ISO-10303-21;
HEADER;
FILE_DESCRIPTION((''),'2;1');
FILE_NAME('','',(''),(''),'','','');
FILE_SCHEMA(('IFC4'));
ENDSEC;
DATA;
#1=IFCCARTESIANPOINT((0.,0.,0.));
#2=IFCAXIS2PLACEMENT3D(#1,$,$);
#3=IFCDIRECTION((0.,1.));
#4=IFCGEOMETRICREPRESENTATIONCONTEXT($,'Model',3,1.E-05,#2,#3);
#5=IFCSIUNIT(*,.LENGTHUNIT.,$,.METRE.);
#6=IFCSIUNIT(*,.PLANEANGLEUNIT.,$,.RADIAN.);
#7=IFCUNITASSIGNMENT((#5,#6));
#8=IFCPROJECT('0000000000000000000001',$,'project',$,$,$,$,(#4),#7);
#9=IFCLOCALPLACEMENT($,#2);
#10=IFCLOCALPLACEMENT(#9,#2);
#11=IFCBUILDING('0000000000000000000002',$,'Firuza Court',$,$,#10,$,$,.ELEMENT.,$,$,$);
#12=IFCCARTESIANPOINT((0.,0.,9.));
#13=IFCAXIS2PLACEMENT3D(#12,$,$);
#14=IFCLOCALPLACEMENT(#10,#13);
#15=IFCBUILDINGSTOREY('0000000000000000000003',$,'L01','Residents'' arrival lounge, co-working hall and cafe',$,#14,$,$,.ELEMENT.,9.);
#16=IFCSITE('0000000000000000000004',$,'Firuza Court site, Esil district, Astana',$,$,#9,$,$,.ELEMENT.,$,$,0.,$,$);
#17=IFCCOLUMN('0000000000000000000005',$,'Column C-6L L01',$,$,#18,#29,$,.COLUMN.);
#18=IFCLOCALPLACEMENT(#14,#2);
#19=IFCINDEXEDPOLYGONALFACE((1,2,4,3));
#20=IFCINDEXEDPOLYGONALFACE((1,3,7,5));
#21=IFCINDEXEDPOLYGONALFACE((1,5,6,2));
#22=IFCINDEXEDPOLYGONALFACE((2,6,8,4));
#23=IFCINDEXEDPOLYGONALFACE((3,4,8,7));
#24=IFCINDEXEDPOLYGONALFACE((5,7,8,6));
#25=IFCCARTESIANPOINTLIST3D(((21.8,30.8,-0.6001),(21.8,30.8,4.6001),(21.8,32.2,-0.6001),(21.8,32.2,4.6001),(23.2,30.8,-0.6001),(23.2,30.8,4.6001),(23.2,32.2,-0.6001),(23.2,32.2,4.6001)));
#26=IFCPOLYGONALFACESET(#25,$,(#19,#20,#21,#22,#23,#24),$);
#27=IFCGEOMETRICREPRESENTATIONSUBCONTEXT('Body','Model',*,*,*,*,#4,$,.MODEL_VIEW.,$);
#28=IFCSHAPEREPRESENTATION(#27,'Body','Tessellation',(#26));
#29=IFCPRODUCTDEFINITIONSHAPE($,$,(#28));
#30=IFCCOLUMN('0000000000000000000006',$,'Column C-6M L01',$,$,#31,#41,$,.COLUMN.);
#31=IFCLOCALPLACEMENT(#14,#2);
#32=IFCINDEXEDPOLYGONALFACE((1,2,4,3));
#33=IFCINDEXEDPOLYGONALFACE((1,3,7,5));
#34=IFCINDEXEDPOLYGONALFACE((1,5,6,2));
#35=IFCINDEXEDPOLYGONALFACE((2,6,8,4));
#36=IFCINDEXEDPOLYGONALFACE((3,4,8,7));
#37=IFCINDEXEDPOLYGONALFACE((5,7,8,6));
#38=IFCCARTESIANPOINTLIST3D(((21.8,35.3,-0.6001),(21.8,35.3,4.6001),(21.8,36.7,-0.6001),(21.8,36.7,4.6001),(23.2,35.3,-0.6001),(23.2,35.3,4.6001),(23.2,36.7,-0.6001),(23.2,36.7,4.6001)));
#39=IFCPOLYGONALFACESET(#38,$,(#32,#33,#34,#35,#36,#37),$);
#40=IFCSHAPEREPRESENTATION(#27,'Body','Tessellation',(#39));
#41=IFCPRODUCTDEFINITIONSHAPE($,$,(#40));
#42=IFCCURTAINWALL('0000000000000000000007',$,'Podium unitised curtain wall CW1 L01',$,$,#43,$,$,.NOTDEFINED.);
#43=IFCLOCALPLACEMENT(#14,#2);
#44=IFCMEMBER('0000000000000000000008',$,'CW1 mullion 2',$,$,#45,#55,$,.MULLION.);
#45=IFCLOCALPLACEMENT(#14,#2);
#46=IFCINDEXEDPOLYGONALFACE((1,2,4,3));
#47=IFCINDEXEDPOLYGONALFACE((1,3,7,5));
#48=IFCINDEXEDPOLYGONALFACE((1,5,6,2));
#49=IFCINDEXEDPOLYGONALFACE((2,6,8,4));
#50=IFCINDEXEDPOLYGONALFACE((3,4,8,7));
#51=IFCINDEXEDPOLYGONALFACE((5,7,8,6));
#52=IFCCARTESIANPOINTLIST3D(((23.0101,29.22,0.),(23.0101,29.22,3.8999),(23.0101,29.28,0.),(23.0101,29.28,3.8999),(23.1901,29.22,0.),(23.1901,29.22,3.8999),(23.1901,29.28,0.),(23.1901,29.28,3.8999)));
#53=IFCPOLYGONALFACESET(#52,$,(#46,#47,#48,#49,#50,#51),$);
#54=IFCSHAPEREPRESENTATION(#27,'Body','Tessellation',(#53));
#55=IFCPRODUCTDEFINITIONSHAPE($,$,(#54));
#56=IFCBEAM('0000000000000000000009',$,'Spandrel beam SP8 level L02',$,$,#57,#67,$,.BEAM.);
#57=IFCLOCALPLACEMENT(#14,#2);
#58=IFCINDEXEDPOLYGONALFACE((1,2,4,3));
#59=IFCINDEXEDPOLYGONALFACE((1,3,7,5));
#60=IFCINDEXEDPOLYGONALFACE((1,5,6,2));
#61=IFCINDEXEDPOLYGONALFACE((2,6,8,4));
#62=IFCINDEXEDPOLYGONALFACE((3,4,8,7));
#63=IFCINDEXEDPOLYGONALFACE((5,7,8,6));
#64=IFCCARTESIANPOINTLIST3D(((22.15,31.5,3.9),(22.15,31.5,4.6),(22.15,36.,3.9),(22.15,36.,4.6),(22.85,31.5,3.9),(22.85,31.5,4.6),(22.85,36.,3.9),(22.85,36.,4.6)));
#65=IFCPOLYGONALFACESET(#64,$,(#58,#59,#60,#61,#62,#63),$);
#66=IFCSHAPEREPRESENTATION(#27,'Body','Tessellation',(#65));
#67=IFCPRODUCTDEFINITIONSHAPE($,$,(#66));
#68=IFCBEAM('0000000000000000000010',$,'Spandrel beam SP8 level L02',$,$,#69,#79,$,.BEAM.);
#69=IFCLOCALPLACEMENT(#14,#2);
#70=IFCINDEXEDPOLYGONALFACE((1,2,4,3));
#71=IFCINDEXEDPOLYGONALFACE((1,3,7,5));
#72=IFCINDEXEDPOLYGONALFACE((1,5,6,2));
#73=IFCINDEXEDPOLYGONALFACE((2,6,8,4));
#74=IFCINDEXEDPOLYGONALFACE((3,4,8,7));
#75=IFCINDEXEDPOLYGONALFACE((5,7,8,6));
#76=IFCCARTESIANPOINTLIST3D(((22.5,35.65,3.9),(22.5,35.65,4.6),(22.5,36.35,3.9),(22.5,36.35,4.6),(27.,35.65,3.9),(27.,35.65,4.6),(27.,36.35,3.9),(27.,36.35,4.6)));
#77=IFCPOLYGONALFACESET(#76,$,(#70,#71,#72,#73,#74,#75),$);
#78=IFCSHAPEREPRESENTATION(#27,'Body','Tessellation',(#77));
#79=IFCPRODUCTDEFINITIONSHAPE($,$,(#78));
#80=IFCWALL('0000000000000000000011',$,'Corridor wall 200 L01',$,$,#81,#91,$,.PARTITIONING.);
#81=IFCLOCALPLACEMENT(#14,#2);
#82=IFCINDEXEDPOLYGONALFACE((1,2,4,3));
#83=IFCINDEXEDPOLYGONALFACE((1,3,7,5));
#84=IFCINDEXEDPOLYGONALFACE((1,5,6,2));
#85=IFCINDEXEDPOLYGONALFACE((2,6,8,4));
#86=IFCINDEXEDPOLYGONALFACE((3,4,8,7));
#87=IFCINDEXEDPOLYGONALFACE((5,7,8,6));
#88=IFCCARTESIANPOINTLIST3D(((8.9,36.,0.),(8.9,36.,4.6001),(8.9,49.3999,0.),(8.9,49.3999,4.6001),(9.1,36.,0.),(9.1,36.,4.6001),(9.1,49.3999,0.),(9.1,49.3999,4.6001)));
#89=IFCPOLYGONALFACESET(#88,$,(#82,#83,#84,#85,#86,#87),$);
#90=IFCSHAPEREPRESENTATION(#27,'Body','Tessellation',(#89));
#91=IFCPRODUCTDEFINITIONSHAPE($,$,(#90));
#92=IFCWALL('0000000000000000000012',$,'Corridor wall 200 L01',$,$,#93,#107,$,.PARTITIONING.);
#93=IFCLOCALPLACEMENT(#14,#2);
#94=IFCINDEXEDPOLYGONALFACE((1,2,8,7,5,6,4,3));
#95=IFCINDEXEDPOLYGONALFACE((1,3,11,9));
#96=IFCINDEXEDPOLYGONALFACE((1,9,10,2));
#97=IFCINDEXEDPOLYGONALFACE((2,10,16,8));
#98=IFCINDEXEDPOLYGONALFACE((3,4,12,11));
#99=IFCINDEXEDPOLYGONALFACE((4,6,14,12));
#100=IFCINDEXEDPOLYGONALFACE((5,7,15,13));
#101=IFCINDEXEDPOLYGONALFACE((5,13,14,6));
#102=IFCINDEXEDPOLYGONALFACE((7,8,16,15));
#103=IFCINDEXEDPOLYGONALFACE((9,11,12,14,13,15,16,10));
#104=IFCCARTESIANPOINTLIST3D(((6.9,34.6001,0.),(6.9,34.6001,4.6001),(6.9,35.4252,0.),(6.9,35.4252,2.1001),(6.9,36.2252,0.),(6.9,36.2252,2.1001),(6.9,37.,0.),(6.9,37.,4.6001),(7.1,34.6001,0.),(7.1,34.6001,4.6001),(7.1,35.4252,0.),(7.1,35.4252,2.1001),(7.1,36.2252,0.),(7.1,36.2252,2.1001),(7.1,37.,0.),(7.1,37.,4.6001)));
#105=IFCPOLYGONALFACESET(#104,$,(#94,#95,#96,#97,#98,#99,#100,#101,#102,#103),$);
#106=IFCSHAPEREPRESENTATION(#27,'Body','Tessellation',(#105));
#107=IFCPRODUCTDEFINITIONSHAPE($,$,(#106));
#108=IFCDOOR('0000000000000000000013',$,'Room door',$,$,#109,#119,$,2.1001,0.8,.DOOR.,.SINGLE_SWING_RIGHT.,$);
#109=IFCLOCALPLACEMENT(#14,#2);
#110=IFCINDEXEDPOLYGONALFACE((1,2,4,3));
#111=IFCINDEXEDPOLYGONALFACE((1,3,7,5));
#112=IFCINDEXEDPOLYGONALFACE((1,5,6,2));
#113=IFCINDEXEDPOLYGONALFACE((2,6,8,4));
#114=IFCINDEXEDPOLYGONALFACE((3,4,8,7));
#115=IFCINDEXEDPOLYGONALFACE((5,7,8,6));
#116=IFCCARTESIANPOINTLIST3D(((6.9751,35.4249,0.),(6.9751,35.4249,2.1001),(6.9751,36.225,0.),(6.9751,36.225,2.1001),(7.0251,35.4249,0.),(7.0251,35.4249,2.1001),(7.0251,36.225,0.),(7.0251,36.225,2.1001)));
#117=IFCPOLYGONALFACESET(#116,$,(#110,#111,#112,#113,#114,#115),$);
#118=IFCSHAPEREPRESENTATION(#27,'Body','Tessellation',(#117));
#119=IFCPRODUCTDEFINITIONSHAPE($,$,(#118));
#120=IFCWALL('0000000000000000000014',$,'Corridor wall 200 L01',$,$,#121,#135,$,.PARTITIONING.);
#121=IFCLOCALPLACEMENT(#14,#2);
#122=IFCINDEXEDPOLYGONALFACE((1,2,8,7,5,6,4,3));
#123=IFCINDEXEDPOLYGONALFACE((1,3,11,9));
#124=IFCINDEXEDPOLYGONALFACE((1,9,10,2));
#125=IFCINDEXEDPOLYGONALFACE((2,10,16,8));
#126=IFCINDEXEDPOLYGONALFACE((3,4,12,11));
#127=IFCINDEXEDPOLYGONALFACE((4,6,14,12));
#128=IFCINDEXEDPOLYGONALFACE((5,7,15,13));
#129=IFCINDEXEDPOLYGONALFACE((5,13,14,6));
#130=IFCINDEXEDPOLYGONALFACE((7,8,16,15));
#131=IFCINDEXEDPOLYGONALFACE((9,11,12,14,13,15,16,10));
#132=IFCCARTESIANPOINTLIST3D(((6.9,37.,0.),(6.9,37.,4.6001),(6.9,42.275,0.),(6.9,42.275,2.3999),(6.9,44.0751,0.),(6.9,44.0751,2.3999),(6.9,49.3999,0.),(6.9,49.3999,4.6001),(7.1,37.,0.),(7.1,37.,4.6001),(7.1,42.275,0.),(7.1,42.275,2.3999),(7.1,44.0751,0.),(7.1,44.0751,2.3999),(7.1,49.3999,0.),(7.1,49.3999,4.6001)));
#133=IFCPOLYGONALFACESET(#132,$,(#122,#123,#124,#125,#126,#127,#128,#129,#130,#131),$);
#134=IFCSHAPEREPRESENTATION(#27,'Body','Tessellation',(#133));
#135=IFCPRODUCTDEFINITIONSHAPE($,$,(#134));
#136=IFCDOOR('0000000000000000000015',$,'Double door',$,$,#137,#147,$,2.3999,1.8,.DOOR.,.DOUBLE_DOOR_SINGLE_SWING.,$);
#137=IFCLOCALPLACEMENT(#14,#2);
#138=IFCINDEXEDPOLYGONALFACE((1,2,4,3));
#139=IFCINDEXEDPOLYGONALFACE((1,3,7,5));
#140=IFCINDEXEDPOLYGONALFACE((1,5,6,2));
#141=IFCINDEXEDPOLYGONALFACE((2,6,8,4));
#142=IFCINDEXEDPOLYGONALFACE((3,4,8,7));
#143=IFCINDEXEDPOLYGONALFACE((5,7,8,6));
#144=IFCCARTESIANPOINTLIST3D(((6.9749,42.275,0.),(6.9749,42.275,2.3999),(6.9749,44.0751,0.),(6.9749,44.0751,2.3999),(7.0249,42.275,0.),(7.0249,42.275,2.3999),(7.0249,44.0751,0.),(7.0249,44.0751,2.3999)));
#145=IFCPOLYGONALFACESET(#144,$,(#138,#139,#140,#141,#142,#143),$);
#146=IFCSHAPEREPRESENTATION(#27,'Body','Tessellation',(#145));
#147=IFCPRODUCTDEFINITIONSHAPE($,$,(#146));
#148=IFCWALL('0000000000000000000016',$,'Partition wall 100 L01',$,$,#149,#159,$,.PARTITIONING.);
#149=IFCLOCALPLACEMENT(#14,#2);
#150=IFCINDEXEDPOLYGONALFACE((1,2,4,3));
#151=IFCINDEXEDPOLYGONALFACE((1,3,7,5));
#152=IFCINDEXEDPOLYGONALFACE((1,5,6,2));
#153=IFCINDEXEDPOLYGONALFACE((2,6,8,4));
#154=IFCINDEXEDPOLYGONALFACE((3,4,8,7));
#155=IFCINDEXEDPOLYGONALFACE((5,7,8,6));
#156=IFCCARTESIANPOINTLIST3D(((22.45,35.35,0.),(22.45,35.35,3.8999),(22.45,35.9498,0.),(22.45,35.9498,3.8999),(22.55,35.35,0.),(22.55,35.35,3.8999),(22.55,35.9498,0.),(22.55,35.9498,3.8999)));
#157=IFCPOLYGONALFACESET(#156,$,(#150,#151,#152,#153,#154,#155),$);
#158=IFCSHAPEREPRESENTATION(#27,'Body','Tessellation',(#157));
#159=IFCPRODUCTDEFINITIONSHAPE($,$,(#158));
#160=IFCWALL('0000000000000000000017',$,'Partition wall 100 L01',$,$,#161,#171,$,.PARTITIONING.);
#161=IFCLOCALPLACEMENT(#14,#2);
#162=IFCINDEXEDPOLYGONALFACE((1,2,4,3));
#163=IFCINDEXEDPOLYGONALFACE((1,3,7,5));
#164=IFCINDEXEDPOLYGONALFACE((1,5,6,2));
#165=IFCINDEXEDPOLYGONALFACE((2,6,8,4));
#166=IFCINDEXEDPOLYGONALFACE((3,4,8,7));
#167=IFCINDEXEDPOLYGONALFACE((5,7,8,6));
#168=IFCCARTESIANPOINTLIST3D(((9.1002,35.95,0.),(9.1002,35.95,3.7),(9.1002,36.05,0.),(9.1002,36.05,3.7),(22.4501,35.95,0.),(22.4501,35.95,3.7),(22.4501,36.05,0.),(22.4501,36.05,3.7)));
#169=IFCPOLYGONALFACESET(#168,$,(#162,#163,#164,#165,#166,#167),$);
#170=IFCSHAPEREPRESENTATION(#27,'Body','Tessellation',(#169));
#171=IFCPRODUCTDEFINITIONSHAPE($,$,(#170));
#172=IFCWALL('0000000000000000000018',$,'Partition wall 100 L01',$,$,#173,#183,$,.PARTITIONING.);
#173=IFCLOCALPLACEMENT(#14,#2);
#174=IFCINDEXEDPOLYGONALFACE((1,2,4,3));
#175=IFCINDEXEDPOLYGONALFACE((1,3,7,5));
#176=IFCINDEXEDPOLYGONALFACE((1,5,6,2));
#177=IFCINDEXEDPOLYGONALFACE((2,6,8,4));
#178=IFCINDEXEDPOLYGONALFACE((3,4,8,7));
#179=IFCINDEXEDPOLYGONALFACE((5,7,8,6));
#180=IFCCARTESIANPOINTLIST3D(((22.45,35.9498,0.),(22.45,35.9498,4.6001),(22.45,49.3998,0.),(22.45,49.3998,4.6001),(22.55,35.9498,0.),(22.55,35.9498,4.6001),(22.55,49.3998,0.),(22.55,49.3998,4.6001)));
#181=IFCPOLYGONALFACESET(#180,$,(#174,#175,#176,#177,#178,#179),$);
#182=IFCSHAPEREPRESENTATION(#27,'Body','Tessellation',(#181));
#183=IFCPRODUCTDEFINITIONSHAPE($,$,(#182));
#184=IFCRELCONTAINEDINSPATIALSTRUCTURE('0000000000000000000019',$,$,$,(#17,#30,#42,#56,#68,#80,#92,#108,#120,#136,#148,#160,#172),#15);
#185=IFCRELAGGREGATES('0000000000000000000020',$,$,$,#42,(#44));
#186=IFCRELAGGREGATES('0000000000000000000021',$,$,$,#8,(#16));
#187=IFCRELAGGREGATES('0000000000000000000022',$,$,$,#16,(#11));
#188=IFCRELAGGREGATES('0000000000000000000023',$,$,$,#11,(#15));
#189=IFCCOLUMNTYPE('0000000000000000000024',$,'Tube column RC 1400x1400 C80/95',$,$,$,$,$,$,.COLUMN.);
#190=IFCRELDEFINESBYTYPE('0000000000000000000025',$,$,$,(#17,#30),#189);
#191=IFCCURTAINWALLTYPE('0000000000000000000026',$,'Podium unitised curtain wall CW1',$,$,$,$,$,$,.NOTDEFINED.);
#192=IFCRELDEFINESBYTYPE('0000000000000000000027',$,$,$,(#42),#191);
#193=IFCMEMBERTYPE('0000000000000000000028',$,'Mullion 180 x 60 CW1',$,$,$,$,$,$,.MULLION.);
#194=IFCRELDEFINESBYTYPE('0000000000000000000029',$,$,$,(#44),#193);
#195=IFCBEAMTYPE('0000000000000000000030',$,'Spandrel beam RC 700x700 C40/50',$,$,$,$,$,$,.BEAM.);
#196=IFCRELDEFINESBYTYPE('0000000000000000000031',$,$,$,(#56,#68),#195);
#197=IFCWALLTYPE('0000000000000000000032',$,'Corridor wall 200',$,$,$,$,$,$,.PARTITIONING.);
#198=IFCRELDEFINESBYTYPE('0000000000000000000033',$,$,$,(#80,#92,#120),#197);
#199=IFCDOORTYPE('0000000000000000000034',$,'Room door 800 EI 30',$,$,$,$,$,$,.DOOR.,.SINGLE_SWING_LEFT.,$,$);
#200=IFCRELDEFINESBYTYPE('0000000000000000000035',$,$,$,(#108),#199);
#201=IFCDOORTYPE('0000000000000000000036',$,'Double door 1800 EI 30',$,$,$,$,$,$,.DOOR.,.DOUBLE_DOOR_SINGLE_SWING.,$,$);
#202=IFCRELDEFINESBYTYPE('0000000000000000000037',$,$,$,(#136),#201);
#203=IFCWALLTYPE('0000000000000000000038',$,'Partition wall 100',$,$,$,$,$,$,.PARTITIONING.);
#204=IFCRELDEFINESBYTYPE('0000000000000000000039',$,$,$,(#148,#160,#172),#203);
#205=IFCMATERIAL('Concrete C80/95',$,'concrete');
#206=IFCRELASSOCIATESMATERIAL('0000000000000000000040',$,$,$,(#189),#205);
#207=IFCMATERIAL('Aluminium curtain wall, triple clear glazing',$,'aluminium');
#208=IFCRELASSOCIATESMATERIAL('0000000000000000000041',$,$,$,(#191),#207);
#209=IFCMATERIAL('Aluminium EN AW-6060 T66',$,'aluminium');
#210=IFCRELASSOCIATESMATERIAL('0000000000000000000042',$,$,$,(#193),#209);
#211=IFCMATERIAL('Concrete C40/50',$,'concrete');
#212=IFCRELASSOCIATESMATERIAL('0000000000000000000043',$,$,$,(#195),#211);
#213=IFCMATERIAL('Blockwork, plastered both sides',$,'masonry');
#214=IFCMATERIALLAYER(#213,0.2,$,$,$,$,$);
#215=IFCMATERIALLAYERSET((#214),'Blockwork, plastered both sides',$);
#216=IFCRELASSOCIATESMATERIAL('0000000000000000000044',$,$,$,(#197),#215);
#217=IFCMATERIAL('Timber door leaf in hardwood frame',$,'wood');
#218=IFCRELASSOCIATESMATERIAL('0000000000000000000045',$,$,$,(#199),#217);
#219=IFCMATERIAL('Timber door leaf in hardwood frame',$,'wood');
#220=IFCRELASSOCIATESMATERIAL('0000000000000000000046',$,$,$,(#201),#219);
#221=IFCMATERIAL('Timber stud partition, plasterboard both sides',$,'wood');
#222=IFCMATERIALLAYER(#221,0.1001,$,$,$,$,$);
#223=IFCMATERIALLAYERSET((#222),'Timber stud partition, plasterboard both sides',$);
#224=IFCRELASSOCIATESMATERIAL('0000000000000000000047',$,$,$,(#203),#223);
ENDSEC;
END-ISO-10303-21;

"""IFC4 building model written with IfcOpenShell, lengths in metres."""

from ifc_helpers import new_model, si_unit, direction, frame, frame_2d, origin, origin_2d, place, context, subcontext, project, spatial, rectangle, extrude, material, layer, layer_set, material_profile, profile_set, type_object, element, fill, aggregate, save


model = new_model("IFC4")

# Units and contexts
model_context = context("Model", 3, precision=1e-05, world=origin(), true_north=direction((0.0, 1.0)))
body_context = subcontext(model_context, "Body", "Model", "MODEL_VIEW")
ifc_project = project(units=[si_unit("LENGTHUNIT", "METRE"), si_unit("PLANEANGLEUNIT", "RADIAN")], contexts=[model_context])

# Site, building, storey
site_placement = place(None, origin())
site = spatial("IfcSite", under=ifc_project, at=site_placement, Name="Firuza Court site, Esil district, Astana", CompositionType="ELEMENT", RefElevation=0.0)
building_placement = place(site_placement, origin())
building = spatial("IfcBuilding", under=site, at=building_placement, Name="Firuza Court", CompositionType="ELEMENT")
storey_placement = place(building_placement, frame((0.0, 0.0, 9.0)))
storey = spatial("IfcBuildingStorey", under=building, at=storey_placement, Name="L01", Description="Residents' arrival lounge, co-working hall and cafe", CompositionType="ELEMENT", Elevation=9.0)

# Columns
ifc_material_1 = material(Name="Concrete C80/95", Category="concrete")
ifc_material_profile_1 = material_profile(ifc_material_1, rectangle(XDim=1.3999, YDim=1.3999, at=origin_2d()), Name="RC 1400x1400")
ifc_profile_set_1 = profile_set([ifc_material_profile_1], Name="Concrete C80/95")
column_type = type_object("IfcColumnType", Name="Tube column RC 1400x1400 C80/95", PredefinedType="COLUMN", material=ifc_profile_set_1)
for number, where, z_axis, x_axis, name in (
    (1, (22.5, 31.5, -0.6001), (0.0, 0.0, 1.0), (1.0, 0.0, 0.0), "Column C-6L L01"),
    (2, (22.5, 36.0, -0.6001), (0.0, 0.0, 1.0), (1.0, 0.0, 0.0), "Column C-6M L01"),
):
    element("IfcColumn", number, at=place(storey_placement, frame(where, z_axis=z_axis, x_axis=x_axis)), inside=storey, type_object=column_type, Name=name, PredefinedType="COLUMN", context=body_context, shape_type="SweptSolid", body=[
        extrude(rectangle(XDim=1.3999, YDim=1.3999, at=origin_2d()), origin(), (0.0, 0.0, 1.0), 5.2002),
    ])

# Curtain wall, member
ifc_material_2 = material(Name="Aluminium curtain wall, triple clear glazing", Category="aluminium")
curtain_wall_type = type_object("IfcCurtainWallType", Name="Podium unitised curtain wall CW1", PredefinedType="NOTDEFINED", material=ifc_material_2)
curtain_wall_placement = place(storey_placement, origin())
curtain_wall = element("IfcCurtainWall", 3, at=curtain_wall_placement, inside=storey, type_object=curtain_wall_type, Name="Podium unitised curtain wall CW1 L01", PredefinedType="NOTDEFINED")
ifc_material_3 = material(Name="Aluminium EN AW-6060 T66", Category="aluminium")
ifc_material_profile_2 = material_profile(ifc_material_3, rectangle(XDim=0.1799, YDim=0.0601, at=origin_2d()), Name="Mullion 180 x 60 CW1")
ifc_profile_set_2 = profile_set([ifc_material_profile_2], Name="Aluminium EN AW-6060 T66")
member_type = type_object("IfcMemberType", Name="Mullion 180 x 60 CW1", PredefinedType="MULLION", material=ifc_profile_set_2)
member_placement = place(storey_placement, frame((23.1001, 29.25, 0.0), z_axis=(0.0, 0.0, 1.0), x_axis=(-1.0, 0.0, 0.0)))
member = element("IfcMember", 4, at=member_placement, type_object=member_type, Name="CW1 mullion 2", PredefinedType="MULLION", context=body_context, shape_type="SweptSolid", body=[
    extrude(rectangle(XDim=0.1799, YDim=0.0601, at=origin_2d()), origin(), (0.0, 0.0, 1.0), 3.8999),
])
aggregate(curtain_wall, [member])

# Beams
ifc_material_4 = material(Name="Concrete C40/50", Category="concrete")
ifc_material_profile_3 = material_profile(ifc_material_4, rectangle(XDim=0.7, YDim=0.7, at=origin_2d()), Name="RC 700x700")
ifc_profile_set_3 = profile_set([ifc_material_profile_3], Name="Concrete C40/50")
beam_type = type_object("IfcBeamType", Name="Spandrel beam RC 700x700 C40/50", PredefinedType="BEAM", material=ifc_profile_set_3)
for number, where, z_axis, x_axis, name in (
    (5, (22.5, 31.5, 4.25), (0.0, 1.0, 0.0), (-1.0, 0.0, 0.0), "Spandrel beam SP8 level L02"),
    (6, (22.5, 36.0, 4.25), (1.0, 0.0, 0.0), (0.0, 1.0, 0.0), "Spandrel beam SP8 level L02"),
):
    element("IfcBeam", number, at=place(storey_placement, frame(where, z_axis=z_axis, x_axis=x_axis)), inside=storey, type_object=beam_type, Name=name, PredefinedType="BEAM", context=body_context, shape_type="SweptSolid", body=[
        extrude(rectangle(XDim=0.7, YDim=0.7, at=origin_2d()), origin(), (0.0, 0.0, 1.0), 4.5),
    ])

# Wall
ifc_material_5 = material(Name="Blockwork, plastered both sides", Category="masonry")
ifc_layer_1 = layer(ifc_material_5, 0.2)
ifc_layer_set_1 = layer_set([ifc_layer_1], Name="Blockwork, plastered both sides")
wall_type_1 = type_object("IfcWallType", Name="Corridor wall 200", PredefinedType="PARTITIONING", material=ifc_layer_set_1)
wall_1_placement = place(storey_placement, frame((9.0, 36.0, 0.0), z_axis=(0.0, 0.0, 1.0), x_axis=(0.0, 1.0, 0.0)))
element("IfcWall", 7, at=wall_1_placement, inside=storey, type_object=wall_type_1, Name="Corridor wall 200 L01", PredefinedType="PARTITIONING", context=body_context, shape_type="SweptSolid", body=[
    extrude(rectangle(XDim=13.3999, YDim=0.2, at=frame_2d((6.7, 0.0))), origin(), (0.0, 0.0, 1.0), 4.6001),
])

# Walls, openings, doors
wall_2_placement = place(storey_placement, frame((7.0, 37.0, 0.0), z_axis=(0.0, 0.0, 1.0), x_axis=(0.0, -1.0, 0.0)))
wall_2 = element("IfcWall", 8, at=wall_2_placement, inside=storey, type_object=wall_type_1, Name="Corridor wall 200 L01", PredefinedType="PARTITIONING", context=body_context, shape_type="SweptSolid", body=[
    extrude(rectangle(XDim=2.3999, YDim=0.2, at=frame_2d((1.2, 0.0))), origin(), (0.0, 0.0, 1.0), 4.6001),
])
opening_1_placement = place(wall_2_placement, frame((0.7749, 0.0, 0.0)))
opening_1 = element("IfcOpeningElement", 9, at=opening_1_placement, cuts=wall_2, PredefinedType="OPENING", context=body_context, shape_type="SweptSolid", body=[
    extrude(rectangle(XDim=0.8, YDim=2.1001, at=frame_2d((0.3999, 1.05))), frame((0.0, 0.1118, 0.0), z_axis=(0.0, -1.0, 0.0), x_axis=(1.0, 0.0, 0.0)), (0.0, 0.0, 1.0), 0.2239),
])
ifc_material_6 = material(Name="Timber door leaf in hardwood frame", Category="wood")
door_type_1 = type_object("IfcDoorType", Name="Room door 800 EI 30", OperationType="SINGLE_SWING_LEFT", PredefinedType="DOOR", material=ifc_material_6)
door_1_placement = place(opening_1_placement, frame((0.8, 0.0, 0.0), z_axis=(0.0, 0.0, 1.0), x_axis=(-1.0, 0.0, 0.0)))
door_1 = element("IfcDoor", 10, at=door_1_placement, inside=storey, type_object=door_type_1, Name="Room door", OperationType="SINGLE_SWING_RIGHT", OverallHeight=2.1001, OverallWidth=0.8, PredefinedType="DOOR", context=body_context, shape_type="SweptSolid", body=[
    extrude(rectangle(XDim=0.8, YDim=2.1001, at=frame_2d((0.3999, 1.05))), frame((0.0, 0.0249, 0.0), z_axis=(0.0, -1.0, 0.0), x_axis=(1.0, 0.0, 0.0)), (0.0, 0.0, 1.0), 0.05),
])
fill(opening_1, door_1)
wall_3_placement = place(storey_placement, frame((7.0, 49.3999, 0.0), z_axis=(0.0, 0.0, 1.0), x_axis=(0.0, -1.0, 0.0)))
wall_3 = element("IfcWall", 11, at=wall_3_placement, inside=storey, type_object=wall_type_1, Name="Corridor wall 200 L01", PredefinedType="PARTITIONING", context=body_context, shape_type="SweptSolid", body=[
    extrude(rectangle(XDim=12.3999, YDim=0.2, at=frame_2d((6.2, 0.0))), origin(), (0.0, 0.0, 1.0), 4.6001),
])
opening_2_placement = place(wall_3_placement, frame((5.325, 0.0, 0.0)))
opening_2 = element("IfcOpeningElement", 12, at=opening_2_placement, cuts=wall_3, PredefinedType="OPENING", context=body_context, shape_type="SweptSolid", body=[
    extrude(rectangle(XDim=1.8, YDim=2.3999, at=frame_2d((0.8999, 1.2))), frame((0.0, 0.1118, 0.0), z_axis=(0.0, -1.0, 0.0), x_axis=(1.0, 0.0, 0.0)), (0.0, 0.0, 1.0), 0.2239),
])
ifc_material_7 = material(Name="Timber door leaf in hardwood frame", Category="wood")
door_type_2 = type_object("IfcDoorType", Name="Double door 1800 EI 30", OperationType="DOUBLE_DOOR_SINGLE_SWING", PredefinedType="DOOR", material=ifc_material_7)
door_2_placement = place(opening_2_placement, origin())
door_2 = element("IfcDoor", 13, at=door_2_placement, inside=storey, type_object=door_type_2, Name="Double door", OperationType="DOUBLE_DOOR_SINGLE_SWING", OverallHeight=2.3999, OverallWidth=1.8, PredefinedType="DOOR", context=body_context, shape_type="SweptSolid", body=[
    extrude(rectangle(XDim=1.8, YDim=2.3999, at=frame_2d((0.8999, 1.2))), frame((0.0, 0.0249, 0.0), z_axis=(0.0, -1.0, 0.0), x_axis=(1.0, 0.0, 0.0)), (0.0, 0.0, 1.0), 0.05),
])
fill(opening_2, door_2)

# Walls
ifc_material_8 = material(Name="Timber stud partition, plasterboard both sides", Category="wood")
ifc_layer_2 = layer(ifc_material_8, 0.1001)
ifc_layer_set_2 = layer_set([ifc_layer_2], Name="Timber stud partition, plasterboard both sides")
wall_type_2 = type_object("IfcWallType", Name="Partition wall 100", PredefinedType="PARTITIONING", material=ifc_layer_set_2)
wall_4_placement = place(storey_placement, frame((22.5, 35.3501, 0.0), z_axis=(0.0, 0.0, 1.0), x_axis=(0.0, 1.0, 0.0)))
element("IfcWall", 14, at=wall_4_placement, inside=storey, type_object=wall_type_2, Name="Partition wall 100 L01", PredefinedType="PARTITIONING", context=body_context, shape_type="SweptSolid", body=[
    extrude(rectangle(XDim=0.5999, YDim=0.1001, at=frame_2d((0.2998, 0.0))), origin(), (0.0, 0.0, 1.0), 3.8999),
])
wall_5_placement = place(storey_placement, frame((22.45, 36.0, 0.0), z_axis=(0.0, 0.0, 1.0), x_axis=(-1.0, 0.0, 0.0)))
element("IfcWall", 15, at=wall_5_placement, inside=storey, type_object=wall_type_2, Name="Partition wall 100 L01", PredefinedType="PARTITIONING", context=body_context, shape_type="SweptSolid", body=[
    extrude(rectangle(XDim=13.3499, YDim=0.1001, at=frame_2d((6.6748, 0.0))), origin(), (0.0, 0.0, 1.0), 3.7),
])
wall_6_placement = place(storey_placement, frame((22.5, 49.3999, 0.0), z_axis=(0.0, 0.0, 1.0), x_axis=(0.0, -1.0, 0.0)))
element("IfcWall", 16, at=wall_6_placement, inside=storey, type_object=wall_type_2, Name="Partition wall 100 L01", PredefinedType="PARTITIONING", context=body_context, shape_type="SweptSolid", body=[
    extrude(rectangle(XDim=13.45, YDim=0.1001, at=frame_2d((6.7251, 0.0))), origin(), (0.0, 0.0, 1.0), 4.6001),
])

save(model, "model.ifc")
